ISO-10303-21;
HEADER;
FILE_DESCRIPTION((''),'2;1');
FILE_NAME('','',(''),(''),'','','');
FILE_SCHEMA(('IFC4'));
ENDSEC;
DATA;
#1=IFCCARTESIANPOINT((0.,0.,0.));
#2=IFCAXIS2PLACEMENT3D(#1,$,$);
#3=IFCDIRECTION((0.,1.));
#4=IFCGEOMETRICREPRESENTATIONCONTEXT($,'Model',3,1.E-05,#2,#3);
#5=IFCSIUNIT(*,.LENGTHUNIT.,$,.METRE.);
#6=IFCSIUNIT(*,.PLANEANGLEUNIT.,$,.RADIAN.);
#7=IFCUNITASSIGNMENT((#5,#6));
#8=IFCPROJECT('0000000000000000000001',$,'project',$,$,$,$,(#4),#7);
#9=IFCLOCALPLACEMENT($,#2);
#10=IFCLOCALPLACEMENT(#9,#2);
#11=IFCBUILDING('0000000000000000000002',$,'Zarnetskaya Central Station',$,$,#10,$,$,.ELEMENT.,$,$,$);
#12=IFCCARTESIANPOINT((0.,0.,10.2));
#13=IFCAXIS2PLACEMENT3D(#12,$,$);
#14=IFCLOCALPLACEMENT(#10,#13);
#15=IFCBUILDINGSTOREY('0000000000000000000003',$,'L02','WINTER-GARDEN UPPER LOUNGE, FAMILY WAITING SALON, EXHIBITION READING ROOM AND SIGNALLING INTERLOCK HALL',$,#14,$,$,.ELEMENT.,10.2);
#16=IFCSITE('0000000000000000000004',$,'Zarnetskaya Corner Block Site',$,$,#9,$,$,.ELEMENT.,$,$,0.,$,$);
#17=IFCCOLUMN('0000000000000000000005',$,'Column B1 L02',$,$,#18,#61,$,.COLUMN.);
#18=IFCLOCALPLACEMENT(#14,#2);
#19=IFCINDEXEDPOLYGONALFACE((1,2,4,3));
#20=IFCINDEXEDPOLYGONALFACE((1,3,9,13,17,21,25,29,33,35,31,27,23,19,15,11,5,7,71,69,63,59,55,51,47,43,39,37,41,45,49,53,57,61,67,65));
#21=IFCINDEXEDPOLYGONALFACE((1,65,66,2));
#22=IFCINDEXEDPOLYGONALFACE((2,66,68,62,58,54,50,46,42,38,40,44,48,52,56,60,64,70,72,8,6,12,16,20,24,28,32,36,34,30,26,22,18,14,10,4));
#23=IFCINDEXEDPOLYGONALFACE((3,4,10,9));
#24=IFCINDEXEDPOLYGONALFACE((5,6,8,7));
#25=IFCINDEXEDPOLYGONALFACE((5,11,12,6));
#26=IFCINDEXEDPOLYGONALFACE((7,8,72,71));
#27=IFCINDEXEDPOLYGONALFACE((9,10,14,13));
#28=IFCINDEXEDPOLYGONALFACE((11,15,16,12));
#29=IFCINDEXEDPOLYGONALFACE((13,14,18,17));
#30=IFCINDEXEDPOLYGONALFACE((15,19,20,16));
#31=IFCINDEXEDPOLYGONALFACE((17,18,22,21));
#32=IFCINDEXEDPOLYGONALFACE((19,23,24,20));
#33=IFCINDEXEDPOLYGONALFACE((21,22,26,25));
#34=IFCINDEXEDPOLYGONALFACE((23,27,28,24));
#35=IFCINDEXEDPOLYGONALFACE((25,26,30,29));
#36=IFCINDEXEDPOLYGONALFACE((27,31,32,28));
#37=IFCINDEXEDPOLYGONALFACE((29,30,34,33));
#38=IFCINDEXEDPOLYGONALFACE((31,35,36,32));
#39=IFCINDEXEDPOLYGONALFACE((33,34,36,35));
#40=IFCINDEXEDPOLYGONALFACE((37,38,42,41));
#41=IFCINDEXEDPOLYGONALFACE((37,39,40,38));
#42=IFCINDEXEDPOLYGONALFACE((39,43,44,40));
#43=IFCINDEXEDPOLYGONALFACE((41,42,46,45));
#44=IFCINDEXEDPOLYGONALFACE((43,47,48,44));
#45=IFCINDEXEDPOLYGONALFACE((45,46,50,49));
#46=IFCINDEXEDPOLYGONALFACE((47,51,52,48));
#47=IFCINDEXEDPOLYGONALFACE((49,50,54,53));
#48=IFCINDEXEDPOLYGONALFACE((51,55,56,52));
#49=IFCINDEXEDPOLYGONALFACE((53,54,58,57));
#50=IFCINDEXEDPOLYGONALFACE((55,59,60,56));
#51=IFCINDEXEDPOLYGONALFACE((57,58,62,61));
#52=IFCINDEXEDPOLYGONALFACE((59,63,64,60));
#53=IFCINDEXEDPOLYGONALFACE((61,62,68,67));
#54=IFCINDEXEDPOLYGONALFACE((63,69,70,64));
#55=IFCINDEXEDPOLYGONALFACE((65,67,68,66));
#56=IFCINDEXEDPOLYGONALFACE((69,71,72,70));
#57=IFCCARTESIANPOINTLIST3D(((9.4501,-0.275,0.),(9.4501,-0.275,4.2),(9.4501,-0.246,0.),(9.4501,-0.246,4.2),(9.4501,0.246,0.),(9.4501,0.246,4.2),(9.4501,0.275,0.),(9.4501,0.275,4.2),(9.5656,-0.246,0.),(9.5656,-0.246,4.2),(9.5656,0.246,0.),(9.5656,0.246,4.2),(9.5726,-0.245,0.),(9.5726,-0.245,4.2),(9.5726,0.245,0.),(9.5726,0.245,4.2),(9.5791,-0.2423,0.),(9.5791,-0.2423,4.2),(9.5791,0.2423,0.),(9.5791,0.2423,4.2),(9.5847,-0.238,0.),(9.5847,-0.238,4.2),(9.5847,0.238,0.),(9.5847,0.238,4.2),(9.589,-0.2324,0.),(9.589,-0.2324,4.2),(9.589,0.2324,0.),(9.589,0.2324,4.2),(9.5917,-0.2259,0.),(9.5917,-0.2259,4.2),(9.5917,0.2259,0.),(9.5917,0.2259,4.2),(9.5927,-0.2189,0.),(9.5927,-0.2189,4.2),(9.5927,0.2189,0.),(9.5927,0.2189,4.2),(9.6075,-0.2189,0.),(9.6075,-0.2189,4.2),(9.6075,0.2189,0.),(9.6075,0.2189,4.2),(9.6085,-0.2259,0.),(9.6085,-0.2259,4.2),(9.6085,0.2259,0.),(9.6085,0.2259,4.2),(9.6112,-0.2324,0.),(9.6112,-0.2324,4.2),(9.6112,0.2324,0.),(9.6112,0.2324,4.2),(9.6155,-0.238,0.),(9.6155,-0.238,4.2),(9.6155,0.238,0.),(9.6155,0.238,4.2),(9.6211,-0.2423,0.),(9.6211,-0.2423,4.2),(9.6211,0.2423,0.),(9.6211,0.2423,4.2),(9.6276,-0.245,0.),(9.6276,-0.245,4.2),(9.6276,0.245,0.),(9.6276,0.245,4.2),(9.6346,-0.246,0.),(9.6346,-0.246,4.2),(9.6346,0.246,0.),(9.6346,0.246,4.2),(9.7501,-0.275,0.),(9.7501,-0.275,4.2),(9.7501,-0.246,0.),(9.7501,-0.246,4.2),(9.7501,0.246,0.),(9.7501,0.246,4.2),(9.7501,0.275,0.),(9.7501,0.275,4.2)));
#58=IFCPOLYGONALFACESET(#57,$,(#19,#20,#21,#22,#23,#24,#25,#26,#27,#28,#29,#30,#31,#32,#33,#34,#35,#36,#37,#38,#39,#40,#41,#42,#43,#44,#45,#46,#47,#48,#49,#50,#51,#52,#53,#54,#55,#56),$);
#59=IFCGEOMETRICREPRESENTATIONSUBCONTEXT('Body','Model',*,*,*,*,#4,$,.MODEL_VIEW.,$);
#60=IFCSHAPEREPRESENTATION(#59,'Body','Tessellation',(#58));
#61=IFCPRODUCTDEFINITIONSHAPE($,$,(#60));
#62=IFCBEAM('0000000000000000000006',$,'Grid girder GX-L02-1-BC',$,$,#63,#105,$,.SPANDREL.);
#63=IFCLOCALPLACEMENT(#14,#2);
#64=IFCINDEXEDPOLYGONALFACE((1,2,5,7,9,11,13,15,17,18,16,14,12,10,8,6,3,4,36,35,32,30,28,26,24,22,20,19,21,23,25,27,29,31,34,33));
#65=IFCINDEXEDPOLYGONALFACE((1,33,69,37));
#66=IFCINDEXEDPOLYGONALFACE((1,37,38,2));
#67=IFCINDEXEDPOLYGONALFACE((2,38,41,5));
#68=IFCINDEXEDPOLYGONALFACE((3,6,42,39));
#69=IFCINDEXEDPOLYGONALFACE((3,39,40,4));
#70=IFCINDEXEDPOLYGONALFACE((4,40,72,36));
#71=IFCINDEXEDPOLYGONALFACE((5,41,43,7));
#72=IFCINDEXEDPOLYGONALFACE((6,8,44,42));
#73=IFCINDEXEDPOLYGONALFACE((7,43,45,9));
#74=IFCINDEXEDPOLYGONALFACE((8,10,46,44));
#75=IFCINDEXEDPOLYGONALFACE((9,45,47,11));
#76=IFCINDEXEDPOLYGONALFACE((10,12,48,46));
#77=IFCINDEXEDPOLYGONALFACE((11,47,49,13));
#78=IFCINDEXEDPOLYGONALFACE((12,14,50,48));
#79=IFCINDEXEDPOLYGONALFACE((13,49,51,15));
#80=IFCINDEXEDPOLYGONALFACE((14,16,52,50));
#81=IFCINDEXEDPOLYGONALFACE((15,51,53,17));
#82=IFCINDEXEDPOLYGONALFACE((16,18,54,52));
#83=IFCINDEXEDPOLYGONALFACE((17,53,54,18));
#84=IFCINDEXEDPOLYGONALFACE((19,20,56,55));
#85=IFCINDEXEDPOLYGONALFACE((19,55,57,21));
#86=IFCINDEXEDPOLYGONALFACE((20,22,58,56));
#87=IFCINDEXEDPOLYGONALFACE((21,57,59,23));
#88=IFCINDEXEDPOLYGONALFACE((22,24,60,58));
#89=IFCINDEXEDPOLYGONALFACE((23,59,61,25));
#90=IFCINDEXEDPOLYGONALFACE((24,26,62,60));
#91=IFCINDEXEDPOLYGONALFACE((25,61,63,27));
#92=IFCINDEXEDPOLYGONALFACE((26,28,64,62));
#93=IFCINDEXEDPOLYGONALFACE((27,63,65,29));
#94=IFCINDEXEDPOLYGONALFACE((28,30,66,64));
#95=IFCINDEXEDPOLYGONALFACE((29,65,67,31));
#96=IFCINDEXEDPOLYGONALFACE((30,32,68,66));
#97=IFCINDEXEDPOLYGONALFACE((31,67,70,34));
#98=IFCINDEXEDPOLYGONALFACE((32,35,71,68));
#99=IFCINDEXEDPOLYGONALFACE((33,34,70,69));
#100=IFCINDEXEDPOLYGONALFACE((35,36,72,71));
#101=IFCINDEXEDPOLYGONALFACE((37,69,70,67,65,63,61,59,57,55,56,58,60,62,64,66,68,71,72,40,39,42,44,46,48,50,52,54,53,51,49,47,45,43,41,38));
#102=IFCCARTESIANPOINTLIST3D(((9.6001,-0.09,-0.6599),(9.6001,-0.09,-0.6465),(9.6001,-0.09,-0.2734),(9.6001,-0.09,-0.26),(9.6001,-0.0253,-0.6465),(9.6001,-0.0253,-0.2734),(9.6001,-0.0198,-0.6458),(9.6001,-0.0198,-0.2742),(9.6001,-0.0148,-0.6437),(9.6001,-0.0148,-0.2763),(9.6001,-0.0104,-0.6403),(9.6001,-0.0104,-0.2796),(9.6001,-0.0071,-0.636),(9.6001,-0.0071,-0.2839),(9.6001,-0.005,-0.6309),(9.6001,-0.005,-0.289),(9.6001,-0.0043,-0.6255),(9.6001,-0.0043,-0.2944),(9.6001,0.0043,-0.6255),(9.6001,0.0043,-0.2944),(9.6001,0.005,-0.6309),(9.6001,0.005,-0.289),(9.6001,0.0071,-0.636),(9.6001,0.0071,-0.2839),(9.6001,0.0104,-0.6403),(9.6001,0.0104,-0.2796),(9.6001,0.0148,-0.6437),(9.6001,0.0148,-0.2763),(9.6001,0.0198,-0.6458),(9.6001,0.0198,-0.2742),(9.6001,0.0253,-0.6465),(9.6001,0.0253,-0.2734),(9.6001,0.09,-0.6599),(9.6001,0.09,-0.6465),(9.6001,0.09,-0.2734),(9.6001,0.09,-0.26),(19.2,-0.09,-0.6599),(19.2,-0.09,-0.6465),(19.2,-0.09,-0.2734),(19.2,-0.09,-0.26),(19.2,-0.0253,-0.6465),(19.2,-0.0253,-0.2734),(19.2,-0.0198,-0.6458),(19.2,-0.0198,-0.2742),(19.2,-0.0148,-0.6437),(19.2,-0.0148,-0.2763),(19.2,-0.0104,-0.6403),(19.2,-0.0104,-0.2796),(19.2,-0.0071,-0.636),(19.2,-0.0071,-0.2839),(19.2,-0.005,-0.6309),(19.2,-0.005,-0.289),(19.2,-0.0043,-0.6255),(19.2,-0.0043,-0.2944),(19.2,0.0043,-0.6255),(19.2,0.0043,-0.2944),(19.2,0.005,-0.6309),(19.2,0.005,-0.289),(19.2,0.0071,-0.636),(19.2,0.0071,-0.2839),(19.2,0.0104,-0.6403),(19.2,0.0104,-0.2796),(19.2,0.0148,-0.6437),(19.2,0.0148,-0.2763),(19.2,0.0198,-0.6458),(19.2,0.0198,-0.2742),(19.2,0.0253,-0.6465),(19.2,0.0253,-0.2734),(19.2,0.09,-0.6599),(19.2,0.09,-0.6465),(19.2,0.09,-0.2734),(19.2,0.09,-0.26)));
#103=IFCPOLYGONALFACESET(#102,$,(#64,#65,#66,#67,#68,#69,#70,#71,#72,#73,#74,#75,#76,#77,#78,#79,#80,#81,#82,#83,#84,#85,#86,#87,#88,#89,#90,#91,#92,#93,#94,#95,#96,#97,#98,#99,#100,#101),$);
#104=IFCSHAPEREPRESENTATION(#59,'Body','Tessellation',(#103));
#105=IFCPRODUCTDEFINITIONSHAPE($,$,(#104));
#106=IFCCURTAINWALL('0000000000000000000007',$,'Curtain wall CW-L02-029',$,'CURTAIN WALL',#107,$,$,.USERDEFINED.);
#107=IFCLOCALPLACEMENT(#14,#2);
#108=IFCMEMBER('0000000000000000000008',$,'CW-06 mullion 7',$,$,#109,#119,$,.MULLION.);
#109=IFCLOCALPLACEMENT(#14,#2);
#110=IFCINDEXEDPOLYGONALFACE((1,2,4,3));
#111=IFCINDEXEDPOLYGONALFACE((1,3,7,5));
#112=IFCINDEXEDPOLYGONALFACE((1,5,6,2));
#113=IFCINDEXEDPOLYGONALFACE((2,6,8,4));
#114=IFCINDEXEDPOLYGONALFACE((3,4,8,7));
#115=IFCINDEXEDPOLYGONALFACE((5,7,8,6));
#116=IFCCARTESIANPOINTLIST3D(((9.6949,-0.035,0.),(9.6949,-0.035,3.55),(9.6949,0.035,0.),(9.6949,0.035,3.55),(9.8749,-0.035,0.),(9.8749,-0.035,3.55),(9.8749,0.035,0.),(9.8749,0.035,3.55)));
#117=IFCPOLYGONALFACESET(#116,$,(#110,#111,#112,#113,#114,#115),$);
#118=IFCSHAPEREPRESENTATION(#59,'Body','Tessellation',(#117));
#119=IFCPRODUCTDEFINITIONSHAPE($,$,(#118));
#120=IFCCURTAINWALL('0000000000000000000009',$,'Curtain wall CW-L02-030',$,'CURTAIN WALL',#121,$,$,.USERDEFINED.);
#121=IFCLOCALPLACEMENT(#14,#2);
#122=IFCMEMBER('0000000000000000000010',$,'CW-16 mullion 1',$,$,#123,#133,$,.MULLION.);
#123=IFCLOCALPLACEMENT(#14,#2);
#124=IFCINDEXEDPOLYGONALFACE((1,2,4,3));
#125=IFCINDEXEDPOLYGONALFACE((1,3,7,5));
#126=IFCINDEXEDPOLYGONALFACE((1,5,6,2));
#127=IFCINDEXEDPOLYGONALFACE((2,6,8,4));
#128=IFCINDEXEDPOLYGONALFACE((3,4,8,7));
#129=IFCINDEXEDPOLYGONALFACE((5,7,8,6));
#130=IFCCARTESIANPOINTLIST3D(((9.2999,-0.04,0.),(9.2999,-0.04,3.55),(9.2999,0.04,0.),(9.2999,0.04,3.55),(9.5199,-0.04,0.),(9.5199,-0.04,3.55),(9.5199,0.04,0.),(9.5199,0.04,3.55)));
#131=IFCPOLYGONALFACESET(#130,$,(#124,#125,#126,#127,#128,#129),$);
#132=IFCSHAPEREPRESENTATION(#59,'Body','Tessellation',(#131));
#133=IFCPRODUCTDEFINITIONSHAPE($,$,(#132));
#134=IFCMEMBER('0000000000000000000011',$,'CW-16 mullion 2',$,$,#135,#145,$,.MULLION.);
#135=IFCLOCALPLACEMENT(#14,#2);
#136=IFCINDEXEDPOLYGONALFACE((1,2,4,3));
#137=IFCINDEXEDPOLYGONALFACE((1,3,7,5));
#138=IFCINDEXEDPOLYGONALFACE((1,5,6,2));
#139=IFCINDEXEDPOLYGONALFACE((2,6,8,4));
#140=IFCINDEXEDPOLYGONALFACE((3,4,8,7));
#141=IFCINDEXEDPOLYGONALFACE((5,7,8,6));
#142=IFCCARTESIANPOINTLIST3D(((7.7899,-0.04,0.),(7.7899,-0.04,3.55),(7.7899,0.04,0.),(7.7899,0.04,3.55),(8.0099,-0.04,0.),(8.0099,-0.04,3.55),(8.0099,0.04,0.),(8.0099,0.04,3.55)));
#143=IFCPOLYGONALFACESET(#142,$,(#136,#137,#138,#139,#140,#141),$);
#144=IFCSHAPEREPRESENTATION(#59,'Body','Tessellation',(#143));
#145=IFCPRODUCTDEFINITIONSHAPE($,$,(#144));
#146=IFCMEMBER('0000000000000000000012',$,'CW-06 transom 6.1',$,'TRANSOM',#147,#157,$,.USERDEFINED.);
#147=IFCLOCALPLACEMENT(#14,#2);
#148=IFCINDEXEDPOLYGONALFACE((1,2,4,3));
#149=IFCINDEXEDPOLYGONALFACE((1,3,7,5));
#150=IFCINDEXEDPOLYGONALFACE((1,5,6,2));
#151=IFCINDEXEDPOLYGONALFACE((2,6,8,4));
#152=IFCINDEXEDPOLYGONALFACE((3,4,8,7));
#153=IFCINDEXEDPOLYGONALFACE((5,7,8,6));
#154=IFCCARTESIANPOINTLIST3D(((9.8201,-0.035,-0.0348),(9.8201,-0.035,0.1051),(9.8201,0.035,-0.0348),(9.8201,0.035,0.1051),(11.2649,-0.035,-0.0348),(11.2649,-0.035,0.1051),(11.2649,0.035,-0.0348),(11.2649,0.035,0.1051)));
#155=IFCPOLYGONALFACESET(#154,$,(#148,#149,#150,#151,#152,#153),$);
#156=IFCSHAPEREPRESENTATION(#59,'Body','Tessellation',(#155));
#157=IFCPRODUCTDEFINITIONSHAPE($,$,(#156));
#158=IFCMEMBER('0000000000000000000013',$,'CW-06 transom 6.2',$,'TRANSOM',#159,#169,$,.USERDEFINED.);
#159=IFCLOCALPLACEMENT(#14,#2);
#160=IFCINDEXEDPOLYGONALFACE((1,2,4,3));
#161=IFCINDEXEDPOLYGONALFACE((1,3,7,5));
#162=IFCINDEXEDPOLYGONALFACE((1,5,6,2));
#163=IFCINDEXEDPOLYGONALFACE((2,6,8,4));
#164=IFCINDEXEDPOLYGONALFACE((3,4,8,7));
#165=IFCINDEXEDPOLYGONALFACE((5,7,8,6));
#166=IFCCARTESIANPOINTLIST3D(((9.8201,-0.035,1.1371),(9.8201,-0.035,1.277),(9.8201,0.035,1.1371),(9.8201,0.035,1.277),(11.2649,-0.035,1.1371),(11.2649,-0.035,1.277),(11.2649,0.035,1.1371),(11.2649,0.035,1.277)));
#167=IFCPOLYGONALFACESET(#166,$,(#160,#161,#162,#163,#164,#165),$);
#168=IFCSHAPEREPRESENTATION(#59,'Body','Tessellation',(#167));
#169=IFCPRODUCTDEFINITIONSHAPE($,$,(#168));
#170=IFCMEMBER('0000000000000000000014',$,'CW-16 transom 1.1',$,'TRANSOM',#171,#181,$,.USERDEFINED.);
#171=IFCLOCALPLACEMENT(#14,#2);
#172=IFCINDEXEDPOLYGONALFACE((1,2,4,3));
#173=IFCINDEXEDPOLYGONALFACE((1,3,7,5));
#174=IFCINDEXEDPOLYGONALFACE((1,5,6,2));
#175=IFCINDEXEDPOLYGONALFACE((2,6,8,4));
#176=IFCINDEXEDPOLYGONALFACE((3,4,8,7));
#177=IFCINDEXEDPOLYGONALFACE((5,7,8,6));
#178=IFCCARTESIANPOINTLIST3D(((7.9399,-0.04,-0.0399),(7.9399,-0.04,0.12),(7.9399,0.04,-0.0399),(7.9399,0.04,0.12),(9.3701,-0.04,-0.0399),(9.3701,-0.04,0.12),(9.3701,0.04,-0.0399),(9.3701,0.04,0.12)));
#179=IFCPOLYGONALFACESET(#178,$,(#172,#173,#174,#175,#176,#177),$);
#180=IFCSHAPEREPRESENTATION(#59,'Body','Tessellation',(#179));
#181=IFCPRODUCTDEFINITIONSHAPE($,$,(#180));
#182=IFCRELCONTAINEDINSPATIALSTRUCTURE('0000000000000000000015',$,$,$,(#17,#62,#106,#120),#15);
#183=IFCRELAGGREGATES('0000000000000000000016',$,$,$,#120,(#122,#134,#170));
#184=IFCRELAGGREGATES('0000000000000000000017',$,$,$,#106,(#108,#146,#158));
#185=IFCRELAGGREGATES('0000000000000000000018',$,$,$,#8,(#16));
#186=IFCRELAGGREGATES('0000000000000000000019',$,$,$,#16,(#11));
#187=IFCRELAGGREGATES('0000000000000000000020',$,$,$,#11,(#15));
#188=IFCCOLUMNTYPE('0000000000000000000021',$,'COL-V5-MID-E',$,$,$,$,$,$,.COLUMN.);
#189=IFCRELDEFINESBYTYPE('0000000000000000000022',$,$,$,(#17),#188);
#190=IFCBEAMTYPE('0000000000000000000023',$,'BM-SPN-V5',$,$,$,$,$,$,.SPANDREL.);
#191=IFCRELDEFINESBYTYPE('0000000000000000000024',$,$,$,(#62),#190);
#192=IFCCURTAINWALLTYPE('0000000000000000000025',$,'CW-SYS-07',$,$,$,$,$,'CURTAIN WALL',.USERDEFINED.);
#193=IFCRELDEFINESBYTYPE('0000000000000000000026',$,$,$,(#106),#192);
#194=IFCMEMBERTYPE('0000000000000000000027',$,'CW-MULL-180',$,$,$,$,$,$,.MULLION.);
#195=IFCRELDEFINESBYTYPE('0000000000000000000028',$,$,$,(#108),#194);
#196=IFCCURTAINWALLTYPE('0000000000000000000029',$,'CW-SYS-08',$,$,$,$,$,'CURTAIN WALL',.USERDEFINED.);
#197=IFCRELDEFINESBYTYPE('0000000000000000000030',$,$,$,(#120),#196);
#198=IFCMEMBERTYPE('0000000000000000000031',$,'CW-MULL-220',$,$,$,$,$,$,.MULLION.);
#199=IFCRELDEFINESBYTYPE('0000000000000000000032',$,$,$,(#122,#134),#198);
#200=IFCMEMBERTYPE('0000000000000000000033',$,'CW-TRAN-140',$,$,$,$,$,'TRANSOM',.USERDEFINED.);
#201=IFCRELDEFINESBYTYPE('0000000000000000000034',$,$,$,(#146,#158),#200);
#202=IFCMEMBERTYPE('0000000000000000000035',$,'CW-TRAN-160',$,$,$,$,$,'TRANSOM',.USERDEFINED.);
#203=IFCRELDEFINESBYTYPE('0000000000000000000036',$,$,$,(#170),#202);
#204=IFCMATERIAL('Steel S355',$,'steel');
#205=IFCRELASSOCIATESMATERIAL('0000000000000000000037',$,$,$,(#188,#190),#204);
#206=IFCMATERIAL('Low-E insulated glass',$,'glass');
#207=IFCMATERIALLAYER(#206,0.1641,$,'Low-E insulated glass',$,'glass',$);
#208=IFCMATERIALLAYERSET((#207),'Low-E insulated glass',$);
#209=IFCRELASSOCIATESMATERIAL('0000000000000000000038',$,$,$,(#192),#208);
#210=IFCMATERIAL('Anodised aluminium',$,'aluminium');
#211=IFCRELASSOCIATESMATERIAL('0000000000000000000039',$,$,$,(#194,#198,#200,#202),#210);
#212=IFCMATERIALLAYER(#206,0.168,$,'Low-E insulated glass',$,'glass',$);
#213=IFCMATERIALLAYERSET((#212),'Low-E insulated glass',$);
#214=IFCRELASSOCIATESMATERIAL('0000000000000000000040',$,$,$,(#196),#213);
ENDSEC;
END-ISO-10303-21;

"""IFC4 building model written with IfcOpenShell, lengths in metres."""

from ifc_helpers import new_model, si_unit, direction, frame, origin, origin_2d, place, context, subcontext, project, spatial, rectangle, i_section, extrude, material, layer, layer_set, material_profile, profile_set, type_object, element, aggregate, save


model = new_model("IFC4")

# Units and contexts
model_context = context("Model", 3, precision=1e-05, world=origin(), true_north=direction((0.0, 1.0)))
body_context = subcontext(model_context, "Body", "Model", "MODEL_VIEW")
ifc_project = project(units=[si_unit("LENGTHUNIT", "METRE"), si_unit("PLANEANGLEUNIT", "RADIAN")], contexts=[model_context])

# Site, building, storey
site_placement = place(None, origin())
site = spatial("IfcSite", under=ifc_project, at=site_placement, Name="Zarnetskaya Corner Block Site", CompositionType="ELEMENT", RefElevation=0.0)
building_placement = place(site_placement, origin())
building = spatial("IfcBuilding", under=site, at=building_placement, Name="Zarnetskaya Central Station", CompositionType="ELEMENT")
storey_placement = place(building_placement, frame((0.0, 0.0, 10.2)))
storey = spatial("IfcBuildingStorey", under=building, at=storey_placement, Name="L02", Description="WINTER-GARDEN UPPER LOUNGE, FAMILY WAITING SALON, EXHIBITION READING ROOM AND SIGNALLING INTERLOCK HALL", CompositionType="ELEMENT", Elevation=10.2)

# Column
ifc_material_1 = material(Name="Steel S355", Category="steel")
ifc_material_profile_1 = material_profile(ifc_material_1, i_section(OverallWidth=0.3, OverallDepth=0.55, WebThickness=0.0149, FlangeThickness=0.0291, FilletRadius=0.0271, at=origin_2d()), Name="HEB 550")
ifc_profile_set_1 = profile_set([ifc_material_profile_1], Name="Steel S355")
column_type = type_object("IfcColumnType", Name="COL-V5-MID-E", PredefinedType="COLUMN", material=ifc_profile_set_1)
column_placement = place(storey_placement, frame((9.6001, 0.0, 0.0), z_axis=(0.0, 0.0, 1.0), x_axis=(1.0, 0.0, 0.0)))
element("IfcColumn", 1, at=column_placement, inside=storey, type_object=column_type, Name="Column B1 L02", PredefinedType="COLUMN", context=body_context, shape_type="SweptSolid", body=[
    extrude(i_section(OverallWidth=0.3, OverallDepth=0.55, WebThickness=0.0149, FlangeThickness=0.0291, FilletRadius=0.0271, at=origin_2d()), origin(), (0.0, 0.0, 1.0), 4.2),
])

# Beam
ifc_material_profile_2 = material_profile(ifc_material_1, i_section(OverallWidth=0.1799, OverallDepth=0.3999, WebThickness=0.0085, FlangeThickness=0.0134, FilletRadius=0.021, at=origin_2d()), Name="IPE 400")
ifc_profile_set_2 = profile_set([ifc_material_profile_2], Name="Steel S355")
beam_type_1 = type_object("IfcBeamType", Name="BM-SPN-V5", PredefinedType="SPANDREL", material=ifc_profile_set_2)
beam_1_placement = place(storey_placement, frame((9.6001, 0.0, -0.46), z_axis=(1.0, 0.0, 0.0), x_axis=(0.0, 1.0, 0.0)))
element("IfcBeam", 2, at=beam_1_placement, inside=storey, type_object=beam_type_1, Name="Grid girder GX-L02-1-BC", PredefinedType="SPANDREL", context=body_context, shape_type="SweptSolid", body=[
    extrude(i_section(OverallWidth=0.1799, OverallDepth=0.3999, WebThickness=0.0085, FlangeThickness=0.0134, FilletRadius=0.021, at=origin_2d()), origin(), (0.0, 0.0, 1.0), 9.5999),
])

# Curtain wall, member
ifc_material_2 = material(Name="Low-E insulated glass", Category="glass")
ifc_layer_1 = layer(ifc_material_2, 0.1641, Name="Low-E insulated glass", Category="glass")
ifc_layer_set_1 = layer_set([ifc_layer_1], Name="Low-E insulated glass")
curtain_wall_type_1 = type_object("IfcCurtainWallType", Name="CW-SYS-07", ElementType="CURTAIN WALL", PredefinedType="USERDEFINED", material=ifc_layer_set_1)
curtain_wall_1_placement = place(storey_placement, origin())
curtain_wall_1 = element("IfcCurtainWall", 3, at=curtain_wall_1_placement, inside=storey, type_object=curtain_wall_type_1, Name="Curtain wall CW-L02-029", ObjectType="CURTAIN WALL", PredefinedType="USERDEFINED")
ifc_material_3 = material(Name="Anodised aluminium", Category="aluminium")
ifc_material_profile_3 = material_profile(ifc_material_3, rectangle(XDim=0.0701, YDim=0.1799, at=origin_2d()), Name="ALU MULL 70x180")
ifc_profile_set_3 = profile_set([ifc_material_profile_3], Name="Anodised aluminium")
member_type_1 = type_object("IfcMemberType", Name="CW-MULL-180", PredefinedType="MULLION", material=ifc_profile_set_3)
member_1_placement = place(storey_placement, frame((9.7849, 0.0, 0.0), z_axis=(0.0, 0.0, 1.0), x_axis=(0.0, -1.0, 0.0)))
member_1 = element("IfcMember", 4, at=member_1_placement, type_object=member_type_1, Name="CW-06 mullion 7", PredefinedType="MULLION", context=body_context, shape_type="SweptSolid", body=[
    extrude(rectangle(XDim=0.0701, YDim=0.1799, at=origin_2d()), origin(), (0.0, 0.0, 1.0), 3.55),
])

# Curtain wall, members
ifc_layer_2 = layer(ifc_material_2, 0.168, Name="Low-E insulated glass", Category="glass")
ifc_layer_set_2 = layer_set([ifc_layer_2], Name="Low-E insulated glass")
curtain_wall_type_2 = type_object("IfcCurtainWallType", Name="CW-SYS-08", ElementType="CURTAIN WALL", PredefinedType="USERDEFINED", material=ifc_layer_set_2)
curtain_wall_2_placement = place(storey_placement, origin())
curtain_wall_2 = element("IfcCurtainWall", 5, at=curtain_wall_2_placement, inside=storey, type_object=curtain_wall_type_2, Name="Curtain wall CW-L02-030", ObjectType="CURTAIN WALL", PredefinedType="USERDEFINED")
ifc_material_profile_4 = material_profile(ifc_material_3, rectangle(XDim=0.0801, YDim=0.22, at=origin_2d()), Name="ALU MULL 80x220")
ifc_profile_set_4 = profile_set([ifc_material_profile_4], Name="Anodised aluminium")
member_type_2 = type_object("IfcMemberType", Name="CW-MULL-220", PredefinedType="MULLION", material=ifc_profile_set_4)
member_2_placement = place(storey_placement, frame((9.4099, 0.0, 0.0), z_axis=(0.0, 0.0, 1.0), x_axis=(0.0, -1.0, 0.0)))
member_2 = element("IfcMember", 6, at=member_2_placement, type_object=member_type_2, Name="CW-16 mullion 1", PredefinedType="MULLION", context=body_context, shape_type="SweptSolid", body=[
    extrude(rectangle(XDim=0.0801, YDim=0.22, at=origin_2d()), origin(), (0.0, 0.0, 1.0), 3.55),
])
member_3_placement = place(storey_placement, frame((7.8999, 0.0, 0.0), z_axis=(0.0, 0.0, 1.0), x_axis=(0.0, -1.0, 0.0)))
member_3 = element("IfcMember", 7, at=member_3_placement, type_object=member_type_2, Name="CW-16 mullion 2", PredefinedType="MULLION", context=body_context, shape_type="SweptSolid", body=[
    extrude(rectangle(XDim=0.0801, YDim=0.22, at=origin_2d()), origin(), (0.0, 0.0, 1.0), 3.55),
])

# Members
ifc_material_profile_5 = material_profile(ifc_material_3, rectangle(XDim=0.0701, YDim=0.1399, at=origin_2d()), Name="ALU TRAN 70x140")
ifc_profile_set_5 = profile_set([ifc_material_profile_5], Name="Anodised aluminium")
member_type_3 = type_object("IfcMemberType", Name="CW-TRAN-140", ElementType="TRANSOM", PredefinedType="USERDEFINED", material=ifc_profile_set_5)
member_4_placement = place(storey_placement, frame((11.2649, 0.0, 0.0352), z_axis=(-1.0, 0.0, 0.0), x_axis=(0.0, -1.0, 0.0)))
member_4 = element("IfcMember", 8, at=member_4_placement, type_object=member_type_3, Name="CW-06 transom 6.1", ObjectType="TRANSOM", PredefinedType="USERDEFINED", context=body_context, shape_type="SweptSolid", body=[
    extrude(rectangle(XDim=0.0701, YDim=0.1399, at=origin_2d()), origin(), (0.0, 0.0, 1.0), 1.4448),
])
member_5_placement = place(storey_placement, frame((11.2649, 0.0, 1.207), z_axis=(-1.0, 0.0, 0.0), x_axis=(0.0, -1.0, 0.0)))
member_5 = element("IfcMember", 9, at=member_5_placement, type_object=member_type_3, Name="CW-06 transom 6.2", ObjectType="TRANSOM", PredefinedType="USERDEFINED", context=body_context, shape_type="SweptSolid", body=[
    extrude(rectangle(XDim=0.0701, YDim=0.1399, at=origin_2d()), origin(), (0.0, 0.0, 1.0), 1.4448),
])
ifc_material_profile_6 = material_profile(ifc_material_3, rectangle(XDim=0.0801, YDim=0.1599, at=origin_2d()), Name="ALU TRAN 80x160")
ifc_profile_set_6 = profile_set([ifc_material_profile_6], Name="Anodised aluminium")
member_type_4 = type_object("IfcMemberType", Name="CW-TRAN-160", ElementType="TRANSOM", PredefinedType="USERDEFINED", material=ifc_profile_set_6)
member_6_placement = place(storey_placement, frame((9.3701, 0.0, 0.04), z_axis=(-1.0, 0.0, 0.0), x_axis=(0.0, -1.0, 0.0)))
member_6 = element("IfcMember", 10, at=member_6_placement, type_object=member_type_4, Name="CW-16 transom 1.1", ObjectType="TRANSOM", PredefinedType="USERDEFINED", context=body_context, shape_type="SweptSolid", body=[
    extrude(rectangle(XDim=0.0801, YDim=0.1599, at=origin_2d()), origin(), (0.0, 0.0, 1.0), 1.4302),
])

aggregate(curtain_wall_2, [member_2, member_3, member_6])
aggregate(curtain_wall_1, [member_1, member_4, member_5])

save(model, "model.ifc")
